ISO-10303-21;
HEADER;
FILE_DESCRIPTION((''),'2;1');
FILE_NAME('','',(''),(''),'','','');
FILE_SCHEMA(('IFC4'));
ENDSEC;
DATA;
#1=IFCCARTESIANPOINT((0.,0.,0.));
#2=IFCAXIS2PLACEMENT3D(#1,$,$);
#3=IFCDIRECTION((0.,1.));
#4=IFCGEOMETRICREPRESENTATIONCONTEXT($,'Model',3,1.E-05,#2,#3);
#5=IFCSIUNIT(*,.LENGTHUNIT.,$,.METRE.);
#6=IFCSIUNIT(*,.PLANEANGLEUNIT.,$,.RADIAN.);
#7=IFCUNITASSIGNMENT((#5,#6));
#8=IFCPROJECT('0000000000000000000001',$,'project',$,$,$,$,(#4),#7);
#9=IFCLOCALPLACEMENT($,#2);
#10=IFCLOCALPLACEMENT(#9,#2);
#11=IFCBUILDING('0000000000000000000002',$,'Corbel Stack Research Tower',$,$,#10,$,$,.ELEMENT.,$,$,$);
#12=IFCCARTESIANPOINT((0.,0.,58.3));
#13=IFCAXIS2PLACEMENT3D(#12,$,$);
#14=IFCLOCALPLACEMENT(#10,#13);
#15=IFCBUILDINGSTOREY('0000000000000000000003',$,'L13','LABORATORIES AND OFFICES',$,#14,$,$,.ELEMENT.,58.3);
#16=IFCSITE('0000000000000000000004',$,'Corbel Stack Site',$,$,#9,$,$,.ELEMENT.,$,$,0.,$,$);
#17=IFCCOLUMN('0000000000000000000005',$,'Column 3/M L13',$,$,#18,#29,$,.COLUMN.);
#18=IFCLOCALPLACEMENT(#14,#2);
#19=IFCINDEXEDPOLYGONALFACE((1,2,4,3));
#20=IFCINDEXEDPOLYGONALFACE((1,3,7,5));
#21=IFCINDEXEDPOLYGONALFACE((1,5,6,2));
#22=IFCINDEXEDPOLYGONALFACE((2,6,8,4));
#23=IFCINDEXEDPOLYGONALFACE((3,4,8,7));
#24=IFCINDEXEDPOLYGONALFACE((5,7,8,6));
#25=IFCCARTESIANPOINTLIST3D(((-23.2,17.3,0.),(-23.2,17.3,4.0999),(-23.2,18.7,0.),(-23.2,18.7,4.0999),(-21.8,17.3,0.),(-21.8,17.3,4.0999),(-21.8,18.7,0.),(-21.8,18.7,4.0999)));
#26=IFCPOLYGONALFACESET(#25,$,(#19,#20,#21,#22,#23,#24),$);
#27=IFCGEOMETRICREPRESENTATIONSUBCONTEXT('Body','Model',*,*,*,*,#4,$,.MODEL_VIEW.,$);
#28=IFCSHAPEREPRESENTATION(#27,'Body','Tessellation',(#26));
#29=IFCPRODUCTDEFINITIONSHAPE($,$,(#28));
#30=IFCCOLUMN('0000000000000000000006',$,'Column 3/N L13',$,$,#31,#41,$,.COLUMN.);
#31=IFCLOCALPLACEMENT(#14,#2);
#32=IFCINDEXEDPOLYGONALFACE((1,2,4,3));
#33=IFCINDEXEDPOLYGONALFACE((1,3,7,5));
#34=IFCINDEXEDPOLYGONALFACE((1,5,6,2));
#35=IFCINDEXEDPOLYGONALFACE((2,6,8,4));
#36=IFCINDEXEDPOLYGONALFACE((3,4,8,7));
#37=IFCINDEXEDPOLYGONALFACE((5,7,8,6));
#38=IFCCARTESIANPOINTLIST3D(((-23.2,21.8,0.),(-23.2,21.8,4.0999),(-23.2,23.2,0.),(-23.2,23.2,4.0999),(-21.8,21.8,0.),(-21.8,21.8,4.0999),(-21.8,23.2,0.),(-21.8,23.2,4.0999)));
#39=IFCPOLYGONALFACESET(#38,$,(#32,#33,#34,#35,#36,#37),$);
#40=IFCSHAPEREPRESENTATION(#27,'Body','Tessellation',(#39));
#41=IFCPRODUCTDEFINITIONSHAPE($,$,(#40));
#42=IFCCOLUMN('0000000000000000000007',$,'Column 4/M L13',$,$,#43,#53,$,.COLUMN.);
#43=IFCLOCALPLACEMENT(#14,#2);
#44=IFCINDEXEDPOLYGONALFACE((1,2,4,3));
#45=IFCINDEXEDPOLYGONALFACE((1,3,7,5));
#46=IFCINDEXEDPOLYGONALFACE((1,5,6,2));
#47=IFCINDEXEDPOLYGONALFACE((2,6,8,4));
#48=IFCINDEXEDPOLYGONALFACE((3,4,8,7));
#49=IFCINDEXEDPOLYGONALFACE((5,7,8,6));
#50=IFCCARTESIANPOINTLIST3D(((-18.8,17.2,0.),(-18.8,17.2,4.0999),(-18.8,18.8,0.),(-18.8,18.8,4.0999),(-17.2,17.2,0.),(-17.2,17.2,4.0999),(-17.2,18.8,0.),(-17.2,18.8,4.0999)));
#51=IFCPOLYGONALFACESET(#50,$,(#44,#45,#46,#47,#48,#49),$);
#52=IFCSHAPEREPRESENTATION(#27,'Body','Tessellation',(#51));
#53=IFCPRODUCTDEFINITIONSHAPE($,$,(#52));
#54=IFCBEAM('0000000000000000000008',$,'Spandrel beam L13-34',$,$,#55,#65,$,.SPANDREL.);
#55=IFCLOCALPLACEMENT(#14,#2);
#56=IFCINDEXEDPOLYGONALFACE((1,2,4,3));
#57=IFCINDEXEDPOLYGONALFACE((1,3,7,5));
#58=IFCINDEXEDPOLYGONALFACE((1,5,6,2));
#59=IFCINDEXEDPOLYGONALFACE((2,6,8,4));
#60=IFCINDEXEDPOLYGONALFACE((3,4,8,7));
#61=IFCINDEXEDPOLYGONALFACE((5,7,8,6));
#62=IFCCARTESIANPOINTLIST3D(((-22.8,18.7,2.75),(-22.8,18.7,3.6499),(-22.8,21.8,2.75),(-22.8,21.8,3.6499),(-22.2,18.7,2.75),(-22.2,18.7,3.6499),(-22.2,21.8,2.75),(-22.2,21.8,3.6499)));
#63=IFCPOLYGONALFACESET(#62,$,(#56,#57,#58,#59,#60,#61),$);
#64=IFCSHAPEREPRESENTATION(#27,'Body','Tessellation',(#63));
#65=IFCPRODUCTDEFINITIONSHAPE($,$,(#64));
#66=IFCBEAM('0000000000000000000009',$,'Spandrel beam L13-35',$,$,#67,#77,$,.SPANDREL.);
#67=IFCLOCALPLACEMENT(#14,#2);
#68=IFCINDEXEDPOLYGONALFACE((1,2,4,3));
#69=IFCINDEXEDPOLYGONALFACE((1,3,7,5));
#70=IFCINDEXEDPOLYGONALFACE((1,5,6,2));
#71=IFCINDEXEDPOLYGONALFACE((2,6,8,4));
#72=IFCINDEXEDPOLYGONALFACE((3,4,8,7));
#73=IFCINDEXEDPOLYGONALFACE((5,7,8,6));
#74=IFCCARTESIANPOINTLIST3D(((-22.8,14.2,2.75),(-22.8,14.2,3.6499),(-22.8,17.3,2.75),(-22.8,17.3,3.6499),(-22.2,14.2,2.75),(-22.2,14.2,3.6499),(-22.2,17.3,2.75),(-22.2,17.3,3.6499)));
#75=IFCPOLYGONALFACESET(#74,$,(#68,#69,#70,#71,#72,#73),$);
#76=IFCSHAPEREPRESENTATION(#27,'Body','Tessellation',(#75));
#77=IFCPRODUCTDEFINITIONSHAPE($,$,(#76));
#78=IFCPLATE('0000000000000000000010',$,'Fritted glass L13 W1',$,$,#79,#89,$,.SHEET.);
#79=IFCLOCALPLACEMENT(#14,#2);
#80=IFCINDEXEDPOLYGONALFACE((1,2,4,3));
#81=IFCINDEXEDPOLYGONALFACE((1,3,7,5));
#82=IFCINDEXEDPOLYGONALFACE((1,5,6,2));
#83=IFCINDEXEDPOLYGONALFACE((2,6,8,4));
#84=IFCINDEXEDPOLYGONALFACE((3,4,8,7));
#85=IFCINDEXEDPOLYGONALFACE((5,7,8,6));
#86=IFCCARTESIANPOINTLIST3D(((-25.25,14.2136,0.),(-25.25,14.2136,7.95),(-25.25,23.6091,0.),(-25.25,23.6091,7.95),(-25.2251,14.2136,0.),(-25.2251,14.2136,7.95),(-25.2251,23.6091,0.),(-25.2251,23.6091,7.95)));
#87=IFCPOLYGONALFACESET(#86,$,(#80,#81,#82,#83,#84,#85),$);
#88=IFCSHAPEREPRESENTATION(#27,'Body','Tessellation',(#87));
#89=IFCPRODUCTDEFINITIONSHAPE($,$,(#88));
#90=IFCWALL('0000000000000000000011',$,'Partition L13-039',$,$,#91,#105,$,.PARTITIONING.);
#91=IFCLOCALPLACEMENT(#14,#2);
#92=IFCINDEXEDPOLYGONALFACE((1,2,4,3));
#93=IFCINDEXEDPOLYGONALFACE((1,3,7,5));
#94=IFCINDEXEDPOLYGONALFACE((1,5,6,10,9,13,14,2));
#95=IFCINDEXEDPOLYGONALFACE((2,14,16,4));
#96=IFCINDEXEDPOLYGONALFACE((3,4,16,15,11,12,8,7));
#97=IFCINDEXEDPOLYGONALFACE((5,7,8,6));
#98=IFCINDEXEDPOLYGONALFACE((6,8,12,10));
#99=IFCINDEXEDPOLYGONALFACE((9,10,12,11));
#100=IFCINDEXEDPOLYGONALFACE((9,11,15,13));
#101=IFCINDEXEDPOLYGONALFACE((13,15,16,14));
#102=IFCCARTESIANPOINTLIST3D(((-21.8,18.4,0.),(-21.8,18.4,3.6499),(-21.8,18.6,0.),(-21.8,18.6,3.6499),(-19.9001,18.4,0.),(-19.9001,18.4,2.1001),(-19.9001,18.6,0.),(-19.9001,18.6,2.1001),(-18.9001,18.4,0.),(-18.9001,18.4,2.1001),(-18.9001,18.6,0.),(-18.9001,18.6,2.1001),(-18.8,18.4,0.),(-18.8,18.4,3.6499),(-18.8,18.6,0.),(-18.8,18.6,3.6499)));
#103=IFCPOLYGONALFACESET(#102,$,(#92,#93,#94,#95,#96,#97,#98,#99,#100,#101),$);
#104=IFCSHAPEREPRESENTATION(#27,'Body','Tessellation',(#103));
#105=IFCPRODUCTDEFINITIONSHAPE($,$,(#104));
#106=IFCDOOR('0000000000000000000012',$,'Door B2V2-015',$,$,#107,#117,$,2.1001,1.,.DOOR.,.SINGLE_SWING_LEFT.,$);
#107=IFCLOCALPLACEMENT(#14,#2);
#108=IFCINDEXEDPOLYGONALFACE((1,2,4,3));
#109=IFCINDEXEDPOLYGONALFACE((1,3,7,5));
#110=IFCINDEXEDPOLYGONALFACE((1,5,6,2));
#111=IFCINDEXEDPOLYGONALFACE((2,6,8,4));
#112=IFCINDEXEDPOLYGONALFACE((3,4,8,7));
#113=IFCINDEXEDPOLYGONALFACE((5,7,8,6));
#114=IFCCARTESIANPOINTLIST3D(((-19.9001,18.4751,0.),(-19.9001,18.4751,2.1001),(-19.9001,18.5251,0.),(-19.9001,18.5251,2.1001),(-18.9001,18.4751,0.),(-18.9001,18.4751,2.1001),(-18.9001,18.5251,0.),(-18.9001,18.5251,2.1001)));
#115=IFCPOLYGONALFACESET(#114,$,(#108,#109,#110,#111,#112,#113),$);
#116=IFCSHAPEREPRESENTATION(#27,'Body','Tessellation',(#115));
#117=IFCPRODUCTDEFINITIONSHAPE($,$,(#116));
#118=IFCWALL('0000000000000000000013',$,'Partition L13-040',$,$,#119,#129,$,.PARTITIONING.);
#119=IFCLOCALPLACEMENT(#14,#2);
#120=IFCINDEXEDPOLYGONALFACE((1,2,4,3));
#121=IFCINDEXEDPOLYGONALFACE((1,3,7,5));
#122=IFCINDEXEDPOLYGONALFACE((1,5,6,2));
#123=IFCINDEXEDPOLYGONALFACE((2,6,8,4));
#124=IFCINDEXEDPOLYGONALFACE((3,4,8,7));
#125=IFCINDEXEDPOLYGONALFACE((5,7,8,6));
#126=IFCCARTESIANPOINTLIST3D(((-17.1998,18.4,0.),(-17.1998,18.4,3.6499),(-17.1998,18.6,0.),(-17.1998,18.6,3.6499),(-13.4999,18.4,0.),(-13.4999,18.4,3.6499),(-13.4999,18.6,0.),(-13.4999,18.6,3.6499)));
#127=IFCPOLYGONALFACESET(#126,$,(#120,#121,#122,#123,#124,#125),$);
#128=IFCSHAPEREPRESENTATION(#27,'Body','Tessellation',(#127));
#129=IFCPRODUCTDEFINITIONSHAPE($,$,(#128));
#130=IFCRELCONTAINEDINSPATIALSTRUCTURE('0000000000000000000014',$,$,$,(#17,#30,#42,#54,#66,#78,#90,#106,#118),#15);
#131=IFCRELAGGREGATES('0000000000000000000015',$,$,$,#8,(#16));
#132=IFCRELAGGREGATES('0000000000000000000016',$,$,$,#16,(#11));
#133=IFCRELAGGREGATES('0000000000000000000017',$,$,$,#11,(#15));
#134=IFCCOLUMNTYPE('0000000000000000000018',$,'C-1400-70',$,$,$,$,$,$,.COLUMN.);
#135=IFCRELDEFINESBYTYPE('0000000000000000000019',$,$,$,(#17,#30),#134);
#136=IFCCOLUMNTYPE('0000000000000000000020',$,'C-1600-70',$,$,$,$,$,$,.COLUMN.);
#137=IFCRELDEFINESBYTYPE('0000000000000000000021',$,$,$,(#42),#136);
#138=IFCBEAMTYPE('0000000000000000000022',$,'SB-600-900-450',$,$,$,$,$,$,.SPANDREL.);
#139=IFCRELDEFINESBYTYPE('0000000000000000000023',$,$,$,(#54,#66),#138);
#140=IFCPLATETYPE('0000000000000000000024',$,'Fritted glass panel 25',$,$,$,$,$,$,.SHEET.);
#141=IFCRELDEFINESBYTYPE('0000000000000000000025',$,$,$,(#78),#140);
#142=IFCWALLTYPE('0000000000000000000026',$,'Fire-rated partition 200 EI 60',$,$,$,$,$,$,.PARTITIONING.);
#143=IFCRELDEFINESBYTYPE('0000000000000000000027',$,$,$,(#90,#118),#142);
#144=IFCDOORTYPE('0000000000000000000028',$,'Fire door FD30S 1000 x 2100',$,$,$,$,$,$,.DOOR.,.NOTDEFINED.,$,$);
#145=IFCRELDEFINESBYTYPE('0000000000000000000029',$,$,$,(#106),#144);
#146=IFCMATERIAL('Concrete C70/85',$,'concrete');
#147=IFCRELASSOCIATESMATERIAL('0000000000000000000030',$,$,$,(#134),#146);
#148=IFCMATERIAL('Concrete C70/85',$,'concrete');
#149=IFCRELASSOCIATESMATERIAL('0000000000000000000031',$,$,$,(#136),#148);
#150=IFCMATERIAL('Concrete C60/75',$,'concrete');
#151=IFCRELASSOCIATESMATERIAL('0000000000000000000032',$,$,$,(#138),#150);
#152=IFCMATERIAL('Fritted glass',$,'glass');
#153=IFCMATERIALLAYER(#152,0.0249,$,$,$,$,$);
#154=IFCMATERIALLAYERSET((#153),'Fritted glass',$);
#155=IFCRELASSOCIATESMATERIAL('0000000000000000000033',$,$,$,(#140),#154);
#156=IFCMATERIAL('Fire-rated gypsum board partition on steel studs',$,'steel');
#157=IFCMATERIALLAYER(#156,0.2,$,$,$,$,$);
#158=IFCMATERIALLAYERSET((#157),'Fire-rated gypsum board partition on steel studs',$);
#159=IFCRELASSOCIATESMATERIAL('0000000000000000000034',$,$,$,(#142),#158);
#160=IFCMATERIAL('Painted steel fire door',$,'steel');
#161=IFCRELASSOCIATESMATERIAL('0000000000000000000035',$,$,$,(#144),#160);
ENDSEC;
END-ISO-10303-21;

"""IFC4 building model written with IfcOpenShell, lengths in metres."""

from ifc_helpers import new_model, si_unit, direction, frame, frame_2d, origin, origin_2d, place, context, subcontext, project, spatial, rectangle, extrude, material, layer, layer_set, material_profile, profile_set, type_object, element, fill, save


model = new_model("IFC4")

# Units and contexts
model_context = context("Model", 3, precision=1e-05, world=origin(), true_north=direction((0.0, 1.0)))
body_context = subcontext(model_context, "Body", "Model", "MODEL_VIEW")
ifc_project = project(units=[si_unit("LENGTHUNIT", "METRE"), si_unit("PLANEANGLEUNIT", "RADIAN")], contexts=[model_context])

# Site, building, storey
site_placement = place(None, origin())
site = spatial("IfcSite", under=ifc_project, at=site_placement, Name="Corbel Stack Site", CompositionType="ELEMENT", RefElevation=0.0)
building_placement = place(site_placement, origin())
building = spatial("IfcBuilding", under=site, at=building_placement, Name="Corbel Stack Research Tower", CompositionType="ELEMENT")
storey_placement = place(building_placement, frame((0.0, 0.0, 58.3)))
storey = spatial("IfcBuildingStorey", under=building, at=storey_placement, Name="L13", Description="LABORATORIES AND OFFICES", CompositionType="ELEMENT", Elevation=58.3)

# Columns
ifc_material_1 = material(Name="Concrete C70/85", Category="concrete")
ifc_material_profile_1 = material_profile(ifc_material_1, rectangle(XDim=1.3999, YDim=1.3999, at=origin_2d()), Name="RC 1400 x 1400")
ifc_profile_set_1 = profile_set([ifc_material_profile_1], Name="Concrete C70/85")
column_type_1 = type_object("IfcColumnType", Name="C-1400-70", PredefinedType="COLUMN", material=ifc_profile_set_1)
for number, where, z_axis, x_axis, name in (
    (1, (-22.5, 18.0, 0.0), (0.0, 0.0, 1.0), (1.0, 0.0, 0.0), "Column 3/M L13"),
    (2, (-22.5, 22.5, 0.0), (0.0, 0.0, 1.0), (1.0, 0.0, 0.0), "Column 3/N L13"),
):
    element("IfcColumn", number, at=place(storey_placement, frame(where, z_axis=z_axis, x_axis=x_axis)), inside=storey, type_object=column_type_1, Name=name, PredefinedType="COLUMN", context=body_context, shape_type="SweptSolid", body=[
        extrude(rectangle(XDim=1.3999, YDim=1.3999, at=origin_2d()), origin(), (0.0, 0.0, 1.0), 4.0999),
    ])
ifc_material_2 = material(Name="Concrete C70/85", Category="concrete")
ifc_material_profile_2 = material_profile(ifc_material_2, rectangle(XDim=1.6001, YDim=1.6001, at=origin_2d()), Name="RC 1600 x 1600")
ifc_profile_set_2 = profile_set([ifc_material_profile_2], Name="Concrete C70/85")
column_type_2 = type_object("IfcColumnType", Name="C-1600-70", PredefinedType="COLUMN", material=ifc_profile_set_2)
column_placement = place(storey_placement, frame((-18.0, 18.0, 0.0), z_axis=(0.0, 0.0, 1.0), x_axis=(1.0, 0.0, 0.0)))
element("IfcColumn", 3, at=column_placement, inside=storey, type_object=column_type_2, Name="Column 4/M L13", PredefinedType="COLUMN", context=body_context, shape_type="SweptSolid", body=[
    extrude(rectangle(XDim=1.6001, YDim=1.6001, at=origin_2d()), origin(), (0.0, 0.0, 1.0), 4.0999),
])

# Beams
ifc_material_3 = material(Name="Concrete C60/75", Category="concrete")
ifc_material_profile_3 = material_profile(ifc_material_3, rectangle(XDim=0.6001, YDim=0.8999, at=origin_2d()), Name="RC 600 x 900")
ifc_profile_set_3 = profile_set([ifc_material_profile_3], Name="Concrete C60/75")
beam_type = type_object("IfcBeamType", Name="SB-600-900-450", PredefinedType="SPANDREL", material=ifc_profile_set_3)
for number, where, z_axis, x_axis, name in (
    (4, (-22.5, 21.8, 3.2), (0.0, -1.0, 0.0), (1.0, 0.0, 0.0), "Spandrel beam L13-34"),
    (5, (-22.5, 17.3, 3.2), (0.0, -1.0, 0.0), (1.0, 0.0, 0.0), "Spandrel beam L13-35"),
):
    element("IfcBeam", number, at=place(storey_placement, frame(where, z_axis=z_axis, x_axis=x_axis)), inside=storey, type_object=beam_type, Name=name, PredefinedType="SPANDREL", context=body_context, shape_type="SweptSolid", body=[
        extrude(rectangle(XDim=0.6001, YDim=0.8999, at=origin_2d()), origin(), (0.0, 0.0, 1.0), 3.1001),
    ])

# Plate
ifc_material_4 = material(Name="Fritted glass", Category="glass")
ifc_layer_1 = layer(ifc_material_4, 0.0249)
ifc_layer_set_1 = layer_set([ifc_layer_1], Name="Fritted glass")
plate_type = type_object("IfcPlateType", Name="Fritted glass panel 25", PredefinedType="SHEET", material=ifc_layer_set_1)
plate_placement = place(storey_placement, frame((-25.2375, 18.9114, 0.0), z_axis=(0.0, 0.0, 1.0), x_axis=(0.0, -1.0, 0.0)))
element("IfcPlate", 6, at=plate_placement, inside=storey, type_object=plate_type, Name="Fritted glass L13 W1", PredefinedType="SHEET", context=body_context, shape_type="SweptSolid", body=[
    extrude(rectangle(XDim=9.3955, YDim=0.0249, at=origin_2d()), origin(), (0.0, 0.0, 1.0), 7.95),
])

# Wall, opening, door
ifc_material_5 = material(Name="Fire-rated gypsum board partition on steel studs", Category="steel")
ifc_layer_2 = layer(ifc_material_5, 0.2)
ifc_layer_set_2 = layer_set([ifc_layer_2], Name="Fire-rated gypsum board partition on steel studs")
wall_type_1 = type_object("IfcWallType", Name="Fire-rated partition 200 EI 60", PredefinedType="PARTITIONING", material=ifc_layer_set_2)
wall_1_placement = place(storey_placement, frame((-18.8, 18.5, 0.0), z_axis=(0.0, 0.0, 1.0), x_axis=(-1.0, 0.0, 0.0)))
wall_1 = element("IfcWall", 7, at=wall_1_placement, inside=storey, type_object=wall_type_1, Name="Partition L13-039", PredefinedType="PARTITIONING", context=body_context, shape_type="SweptSolid", body=[
    extrude(rectangle(XDim=3.0, YDim=0.2, at=frame_2d((1.5, 0.0))), origin(), (0.0, 0.0, 1.0), 3.6499),
])
opening_1_placement = place(wall_1_placement, frame((0.1001, 0.0, 0.0)))
opening_1 = element("IfcOpeningElement", 8, at=opening_1_placement, cuts=wall_1, PredefinedType="OPENING", context=body_context, shape_type="SweptSolid", body=[
    extrude(rectangle(XDim=1.0, YDim=2.1001, at=frame_2d((0.5, 1.05))), frame((0.0, 0.1099, 0.0), z_axis=(0.0, -1.0, 0.0), x_axis=(1.0, 0.0, 0.0)), (0.0, 0.0, 1.0), 0.22),
])
ifc_material_6 = material(Name="Painted steel fire door", Category="steel")
door_type_1 = type_object("IfcDoorType", Name="Fire door FD30S 1000 x 2100", OperationType="NOTDEFINED", PredefinedType="DOOR", material=ifc_material_6)
door_1_placement = place(opening_1_placement, origin())
door_1 = element("IfcDoor", 9, at=door_1_placement, inside=storey, type_object=door_type_1, Name="Door B2V2-015", OperationType="SINGLE_SWING_LEFT", OverallHeight=2.1001, OverallWidth=1.0, PredefinedType="DOOR", context=body_context, shape_type="SweptSolid", body=[
    extrude(rectangle(XDim=1.0, YDim=2.1001, at=frame_2d((0.5, 1.05))), frame((0.0, 0.0249, 0.0), z_axis=(0.0, -1.0, 0.0), x_axis=(1.0, 0.0, 0.0)), (0.0, 0.0, 1.0), 0.05),
])
fill(opening_1, door_1)

# Wall
wall_2_placement = place(storey_placement, frame((-17.2, 18.5, 0.0), z_axis=(0.0, 0.0, 1.0), x_axis=(1.0, 0.0, 0.0)))
element("IfcWall", 10, at=wall_2_placement, inside=storey, type_object=wall_type_1, Name="Partition L13-040", PredefinedType="PARTITIONING", context=body_context, shape_type="SweptSolid", body=[
    extrude(rectangle(XDim=3.7, YDim=0.2, at=frame_2d((1.8501, 0.0))), origin(), (0.0, 0.0, 1.0), 3.6499),
])

save(model, "model.ifc")
